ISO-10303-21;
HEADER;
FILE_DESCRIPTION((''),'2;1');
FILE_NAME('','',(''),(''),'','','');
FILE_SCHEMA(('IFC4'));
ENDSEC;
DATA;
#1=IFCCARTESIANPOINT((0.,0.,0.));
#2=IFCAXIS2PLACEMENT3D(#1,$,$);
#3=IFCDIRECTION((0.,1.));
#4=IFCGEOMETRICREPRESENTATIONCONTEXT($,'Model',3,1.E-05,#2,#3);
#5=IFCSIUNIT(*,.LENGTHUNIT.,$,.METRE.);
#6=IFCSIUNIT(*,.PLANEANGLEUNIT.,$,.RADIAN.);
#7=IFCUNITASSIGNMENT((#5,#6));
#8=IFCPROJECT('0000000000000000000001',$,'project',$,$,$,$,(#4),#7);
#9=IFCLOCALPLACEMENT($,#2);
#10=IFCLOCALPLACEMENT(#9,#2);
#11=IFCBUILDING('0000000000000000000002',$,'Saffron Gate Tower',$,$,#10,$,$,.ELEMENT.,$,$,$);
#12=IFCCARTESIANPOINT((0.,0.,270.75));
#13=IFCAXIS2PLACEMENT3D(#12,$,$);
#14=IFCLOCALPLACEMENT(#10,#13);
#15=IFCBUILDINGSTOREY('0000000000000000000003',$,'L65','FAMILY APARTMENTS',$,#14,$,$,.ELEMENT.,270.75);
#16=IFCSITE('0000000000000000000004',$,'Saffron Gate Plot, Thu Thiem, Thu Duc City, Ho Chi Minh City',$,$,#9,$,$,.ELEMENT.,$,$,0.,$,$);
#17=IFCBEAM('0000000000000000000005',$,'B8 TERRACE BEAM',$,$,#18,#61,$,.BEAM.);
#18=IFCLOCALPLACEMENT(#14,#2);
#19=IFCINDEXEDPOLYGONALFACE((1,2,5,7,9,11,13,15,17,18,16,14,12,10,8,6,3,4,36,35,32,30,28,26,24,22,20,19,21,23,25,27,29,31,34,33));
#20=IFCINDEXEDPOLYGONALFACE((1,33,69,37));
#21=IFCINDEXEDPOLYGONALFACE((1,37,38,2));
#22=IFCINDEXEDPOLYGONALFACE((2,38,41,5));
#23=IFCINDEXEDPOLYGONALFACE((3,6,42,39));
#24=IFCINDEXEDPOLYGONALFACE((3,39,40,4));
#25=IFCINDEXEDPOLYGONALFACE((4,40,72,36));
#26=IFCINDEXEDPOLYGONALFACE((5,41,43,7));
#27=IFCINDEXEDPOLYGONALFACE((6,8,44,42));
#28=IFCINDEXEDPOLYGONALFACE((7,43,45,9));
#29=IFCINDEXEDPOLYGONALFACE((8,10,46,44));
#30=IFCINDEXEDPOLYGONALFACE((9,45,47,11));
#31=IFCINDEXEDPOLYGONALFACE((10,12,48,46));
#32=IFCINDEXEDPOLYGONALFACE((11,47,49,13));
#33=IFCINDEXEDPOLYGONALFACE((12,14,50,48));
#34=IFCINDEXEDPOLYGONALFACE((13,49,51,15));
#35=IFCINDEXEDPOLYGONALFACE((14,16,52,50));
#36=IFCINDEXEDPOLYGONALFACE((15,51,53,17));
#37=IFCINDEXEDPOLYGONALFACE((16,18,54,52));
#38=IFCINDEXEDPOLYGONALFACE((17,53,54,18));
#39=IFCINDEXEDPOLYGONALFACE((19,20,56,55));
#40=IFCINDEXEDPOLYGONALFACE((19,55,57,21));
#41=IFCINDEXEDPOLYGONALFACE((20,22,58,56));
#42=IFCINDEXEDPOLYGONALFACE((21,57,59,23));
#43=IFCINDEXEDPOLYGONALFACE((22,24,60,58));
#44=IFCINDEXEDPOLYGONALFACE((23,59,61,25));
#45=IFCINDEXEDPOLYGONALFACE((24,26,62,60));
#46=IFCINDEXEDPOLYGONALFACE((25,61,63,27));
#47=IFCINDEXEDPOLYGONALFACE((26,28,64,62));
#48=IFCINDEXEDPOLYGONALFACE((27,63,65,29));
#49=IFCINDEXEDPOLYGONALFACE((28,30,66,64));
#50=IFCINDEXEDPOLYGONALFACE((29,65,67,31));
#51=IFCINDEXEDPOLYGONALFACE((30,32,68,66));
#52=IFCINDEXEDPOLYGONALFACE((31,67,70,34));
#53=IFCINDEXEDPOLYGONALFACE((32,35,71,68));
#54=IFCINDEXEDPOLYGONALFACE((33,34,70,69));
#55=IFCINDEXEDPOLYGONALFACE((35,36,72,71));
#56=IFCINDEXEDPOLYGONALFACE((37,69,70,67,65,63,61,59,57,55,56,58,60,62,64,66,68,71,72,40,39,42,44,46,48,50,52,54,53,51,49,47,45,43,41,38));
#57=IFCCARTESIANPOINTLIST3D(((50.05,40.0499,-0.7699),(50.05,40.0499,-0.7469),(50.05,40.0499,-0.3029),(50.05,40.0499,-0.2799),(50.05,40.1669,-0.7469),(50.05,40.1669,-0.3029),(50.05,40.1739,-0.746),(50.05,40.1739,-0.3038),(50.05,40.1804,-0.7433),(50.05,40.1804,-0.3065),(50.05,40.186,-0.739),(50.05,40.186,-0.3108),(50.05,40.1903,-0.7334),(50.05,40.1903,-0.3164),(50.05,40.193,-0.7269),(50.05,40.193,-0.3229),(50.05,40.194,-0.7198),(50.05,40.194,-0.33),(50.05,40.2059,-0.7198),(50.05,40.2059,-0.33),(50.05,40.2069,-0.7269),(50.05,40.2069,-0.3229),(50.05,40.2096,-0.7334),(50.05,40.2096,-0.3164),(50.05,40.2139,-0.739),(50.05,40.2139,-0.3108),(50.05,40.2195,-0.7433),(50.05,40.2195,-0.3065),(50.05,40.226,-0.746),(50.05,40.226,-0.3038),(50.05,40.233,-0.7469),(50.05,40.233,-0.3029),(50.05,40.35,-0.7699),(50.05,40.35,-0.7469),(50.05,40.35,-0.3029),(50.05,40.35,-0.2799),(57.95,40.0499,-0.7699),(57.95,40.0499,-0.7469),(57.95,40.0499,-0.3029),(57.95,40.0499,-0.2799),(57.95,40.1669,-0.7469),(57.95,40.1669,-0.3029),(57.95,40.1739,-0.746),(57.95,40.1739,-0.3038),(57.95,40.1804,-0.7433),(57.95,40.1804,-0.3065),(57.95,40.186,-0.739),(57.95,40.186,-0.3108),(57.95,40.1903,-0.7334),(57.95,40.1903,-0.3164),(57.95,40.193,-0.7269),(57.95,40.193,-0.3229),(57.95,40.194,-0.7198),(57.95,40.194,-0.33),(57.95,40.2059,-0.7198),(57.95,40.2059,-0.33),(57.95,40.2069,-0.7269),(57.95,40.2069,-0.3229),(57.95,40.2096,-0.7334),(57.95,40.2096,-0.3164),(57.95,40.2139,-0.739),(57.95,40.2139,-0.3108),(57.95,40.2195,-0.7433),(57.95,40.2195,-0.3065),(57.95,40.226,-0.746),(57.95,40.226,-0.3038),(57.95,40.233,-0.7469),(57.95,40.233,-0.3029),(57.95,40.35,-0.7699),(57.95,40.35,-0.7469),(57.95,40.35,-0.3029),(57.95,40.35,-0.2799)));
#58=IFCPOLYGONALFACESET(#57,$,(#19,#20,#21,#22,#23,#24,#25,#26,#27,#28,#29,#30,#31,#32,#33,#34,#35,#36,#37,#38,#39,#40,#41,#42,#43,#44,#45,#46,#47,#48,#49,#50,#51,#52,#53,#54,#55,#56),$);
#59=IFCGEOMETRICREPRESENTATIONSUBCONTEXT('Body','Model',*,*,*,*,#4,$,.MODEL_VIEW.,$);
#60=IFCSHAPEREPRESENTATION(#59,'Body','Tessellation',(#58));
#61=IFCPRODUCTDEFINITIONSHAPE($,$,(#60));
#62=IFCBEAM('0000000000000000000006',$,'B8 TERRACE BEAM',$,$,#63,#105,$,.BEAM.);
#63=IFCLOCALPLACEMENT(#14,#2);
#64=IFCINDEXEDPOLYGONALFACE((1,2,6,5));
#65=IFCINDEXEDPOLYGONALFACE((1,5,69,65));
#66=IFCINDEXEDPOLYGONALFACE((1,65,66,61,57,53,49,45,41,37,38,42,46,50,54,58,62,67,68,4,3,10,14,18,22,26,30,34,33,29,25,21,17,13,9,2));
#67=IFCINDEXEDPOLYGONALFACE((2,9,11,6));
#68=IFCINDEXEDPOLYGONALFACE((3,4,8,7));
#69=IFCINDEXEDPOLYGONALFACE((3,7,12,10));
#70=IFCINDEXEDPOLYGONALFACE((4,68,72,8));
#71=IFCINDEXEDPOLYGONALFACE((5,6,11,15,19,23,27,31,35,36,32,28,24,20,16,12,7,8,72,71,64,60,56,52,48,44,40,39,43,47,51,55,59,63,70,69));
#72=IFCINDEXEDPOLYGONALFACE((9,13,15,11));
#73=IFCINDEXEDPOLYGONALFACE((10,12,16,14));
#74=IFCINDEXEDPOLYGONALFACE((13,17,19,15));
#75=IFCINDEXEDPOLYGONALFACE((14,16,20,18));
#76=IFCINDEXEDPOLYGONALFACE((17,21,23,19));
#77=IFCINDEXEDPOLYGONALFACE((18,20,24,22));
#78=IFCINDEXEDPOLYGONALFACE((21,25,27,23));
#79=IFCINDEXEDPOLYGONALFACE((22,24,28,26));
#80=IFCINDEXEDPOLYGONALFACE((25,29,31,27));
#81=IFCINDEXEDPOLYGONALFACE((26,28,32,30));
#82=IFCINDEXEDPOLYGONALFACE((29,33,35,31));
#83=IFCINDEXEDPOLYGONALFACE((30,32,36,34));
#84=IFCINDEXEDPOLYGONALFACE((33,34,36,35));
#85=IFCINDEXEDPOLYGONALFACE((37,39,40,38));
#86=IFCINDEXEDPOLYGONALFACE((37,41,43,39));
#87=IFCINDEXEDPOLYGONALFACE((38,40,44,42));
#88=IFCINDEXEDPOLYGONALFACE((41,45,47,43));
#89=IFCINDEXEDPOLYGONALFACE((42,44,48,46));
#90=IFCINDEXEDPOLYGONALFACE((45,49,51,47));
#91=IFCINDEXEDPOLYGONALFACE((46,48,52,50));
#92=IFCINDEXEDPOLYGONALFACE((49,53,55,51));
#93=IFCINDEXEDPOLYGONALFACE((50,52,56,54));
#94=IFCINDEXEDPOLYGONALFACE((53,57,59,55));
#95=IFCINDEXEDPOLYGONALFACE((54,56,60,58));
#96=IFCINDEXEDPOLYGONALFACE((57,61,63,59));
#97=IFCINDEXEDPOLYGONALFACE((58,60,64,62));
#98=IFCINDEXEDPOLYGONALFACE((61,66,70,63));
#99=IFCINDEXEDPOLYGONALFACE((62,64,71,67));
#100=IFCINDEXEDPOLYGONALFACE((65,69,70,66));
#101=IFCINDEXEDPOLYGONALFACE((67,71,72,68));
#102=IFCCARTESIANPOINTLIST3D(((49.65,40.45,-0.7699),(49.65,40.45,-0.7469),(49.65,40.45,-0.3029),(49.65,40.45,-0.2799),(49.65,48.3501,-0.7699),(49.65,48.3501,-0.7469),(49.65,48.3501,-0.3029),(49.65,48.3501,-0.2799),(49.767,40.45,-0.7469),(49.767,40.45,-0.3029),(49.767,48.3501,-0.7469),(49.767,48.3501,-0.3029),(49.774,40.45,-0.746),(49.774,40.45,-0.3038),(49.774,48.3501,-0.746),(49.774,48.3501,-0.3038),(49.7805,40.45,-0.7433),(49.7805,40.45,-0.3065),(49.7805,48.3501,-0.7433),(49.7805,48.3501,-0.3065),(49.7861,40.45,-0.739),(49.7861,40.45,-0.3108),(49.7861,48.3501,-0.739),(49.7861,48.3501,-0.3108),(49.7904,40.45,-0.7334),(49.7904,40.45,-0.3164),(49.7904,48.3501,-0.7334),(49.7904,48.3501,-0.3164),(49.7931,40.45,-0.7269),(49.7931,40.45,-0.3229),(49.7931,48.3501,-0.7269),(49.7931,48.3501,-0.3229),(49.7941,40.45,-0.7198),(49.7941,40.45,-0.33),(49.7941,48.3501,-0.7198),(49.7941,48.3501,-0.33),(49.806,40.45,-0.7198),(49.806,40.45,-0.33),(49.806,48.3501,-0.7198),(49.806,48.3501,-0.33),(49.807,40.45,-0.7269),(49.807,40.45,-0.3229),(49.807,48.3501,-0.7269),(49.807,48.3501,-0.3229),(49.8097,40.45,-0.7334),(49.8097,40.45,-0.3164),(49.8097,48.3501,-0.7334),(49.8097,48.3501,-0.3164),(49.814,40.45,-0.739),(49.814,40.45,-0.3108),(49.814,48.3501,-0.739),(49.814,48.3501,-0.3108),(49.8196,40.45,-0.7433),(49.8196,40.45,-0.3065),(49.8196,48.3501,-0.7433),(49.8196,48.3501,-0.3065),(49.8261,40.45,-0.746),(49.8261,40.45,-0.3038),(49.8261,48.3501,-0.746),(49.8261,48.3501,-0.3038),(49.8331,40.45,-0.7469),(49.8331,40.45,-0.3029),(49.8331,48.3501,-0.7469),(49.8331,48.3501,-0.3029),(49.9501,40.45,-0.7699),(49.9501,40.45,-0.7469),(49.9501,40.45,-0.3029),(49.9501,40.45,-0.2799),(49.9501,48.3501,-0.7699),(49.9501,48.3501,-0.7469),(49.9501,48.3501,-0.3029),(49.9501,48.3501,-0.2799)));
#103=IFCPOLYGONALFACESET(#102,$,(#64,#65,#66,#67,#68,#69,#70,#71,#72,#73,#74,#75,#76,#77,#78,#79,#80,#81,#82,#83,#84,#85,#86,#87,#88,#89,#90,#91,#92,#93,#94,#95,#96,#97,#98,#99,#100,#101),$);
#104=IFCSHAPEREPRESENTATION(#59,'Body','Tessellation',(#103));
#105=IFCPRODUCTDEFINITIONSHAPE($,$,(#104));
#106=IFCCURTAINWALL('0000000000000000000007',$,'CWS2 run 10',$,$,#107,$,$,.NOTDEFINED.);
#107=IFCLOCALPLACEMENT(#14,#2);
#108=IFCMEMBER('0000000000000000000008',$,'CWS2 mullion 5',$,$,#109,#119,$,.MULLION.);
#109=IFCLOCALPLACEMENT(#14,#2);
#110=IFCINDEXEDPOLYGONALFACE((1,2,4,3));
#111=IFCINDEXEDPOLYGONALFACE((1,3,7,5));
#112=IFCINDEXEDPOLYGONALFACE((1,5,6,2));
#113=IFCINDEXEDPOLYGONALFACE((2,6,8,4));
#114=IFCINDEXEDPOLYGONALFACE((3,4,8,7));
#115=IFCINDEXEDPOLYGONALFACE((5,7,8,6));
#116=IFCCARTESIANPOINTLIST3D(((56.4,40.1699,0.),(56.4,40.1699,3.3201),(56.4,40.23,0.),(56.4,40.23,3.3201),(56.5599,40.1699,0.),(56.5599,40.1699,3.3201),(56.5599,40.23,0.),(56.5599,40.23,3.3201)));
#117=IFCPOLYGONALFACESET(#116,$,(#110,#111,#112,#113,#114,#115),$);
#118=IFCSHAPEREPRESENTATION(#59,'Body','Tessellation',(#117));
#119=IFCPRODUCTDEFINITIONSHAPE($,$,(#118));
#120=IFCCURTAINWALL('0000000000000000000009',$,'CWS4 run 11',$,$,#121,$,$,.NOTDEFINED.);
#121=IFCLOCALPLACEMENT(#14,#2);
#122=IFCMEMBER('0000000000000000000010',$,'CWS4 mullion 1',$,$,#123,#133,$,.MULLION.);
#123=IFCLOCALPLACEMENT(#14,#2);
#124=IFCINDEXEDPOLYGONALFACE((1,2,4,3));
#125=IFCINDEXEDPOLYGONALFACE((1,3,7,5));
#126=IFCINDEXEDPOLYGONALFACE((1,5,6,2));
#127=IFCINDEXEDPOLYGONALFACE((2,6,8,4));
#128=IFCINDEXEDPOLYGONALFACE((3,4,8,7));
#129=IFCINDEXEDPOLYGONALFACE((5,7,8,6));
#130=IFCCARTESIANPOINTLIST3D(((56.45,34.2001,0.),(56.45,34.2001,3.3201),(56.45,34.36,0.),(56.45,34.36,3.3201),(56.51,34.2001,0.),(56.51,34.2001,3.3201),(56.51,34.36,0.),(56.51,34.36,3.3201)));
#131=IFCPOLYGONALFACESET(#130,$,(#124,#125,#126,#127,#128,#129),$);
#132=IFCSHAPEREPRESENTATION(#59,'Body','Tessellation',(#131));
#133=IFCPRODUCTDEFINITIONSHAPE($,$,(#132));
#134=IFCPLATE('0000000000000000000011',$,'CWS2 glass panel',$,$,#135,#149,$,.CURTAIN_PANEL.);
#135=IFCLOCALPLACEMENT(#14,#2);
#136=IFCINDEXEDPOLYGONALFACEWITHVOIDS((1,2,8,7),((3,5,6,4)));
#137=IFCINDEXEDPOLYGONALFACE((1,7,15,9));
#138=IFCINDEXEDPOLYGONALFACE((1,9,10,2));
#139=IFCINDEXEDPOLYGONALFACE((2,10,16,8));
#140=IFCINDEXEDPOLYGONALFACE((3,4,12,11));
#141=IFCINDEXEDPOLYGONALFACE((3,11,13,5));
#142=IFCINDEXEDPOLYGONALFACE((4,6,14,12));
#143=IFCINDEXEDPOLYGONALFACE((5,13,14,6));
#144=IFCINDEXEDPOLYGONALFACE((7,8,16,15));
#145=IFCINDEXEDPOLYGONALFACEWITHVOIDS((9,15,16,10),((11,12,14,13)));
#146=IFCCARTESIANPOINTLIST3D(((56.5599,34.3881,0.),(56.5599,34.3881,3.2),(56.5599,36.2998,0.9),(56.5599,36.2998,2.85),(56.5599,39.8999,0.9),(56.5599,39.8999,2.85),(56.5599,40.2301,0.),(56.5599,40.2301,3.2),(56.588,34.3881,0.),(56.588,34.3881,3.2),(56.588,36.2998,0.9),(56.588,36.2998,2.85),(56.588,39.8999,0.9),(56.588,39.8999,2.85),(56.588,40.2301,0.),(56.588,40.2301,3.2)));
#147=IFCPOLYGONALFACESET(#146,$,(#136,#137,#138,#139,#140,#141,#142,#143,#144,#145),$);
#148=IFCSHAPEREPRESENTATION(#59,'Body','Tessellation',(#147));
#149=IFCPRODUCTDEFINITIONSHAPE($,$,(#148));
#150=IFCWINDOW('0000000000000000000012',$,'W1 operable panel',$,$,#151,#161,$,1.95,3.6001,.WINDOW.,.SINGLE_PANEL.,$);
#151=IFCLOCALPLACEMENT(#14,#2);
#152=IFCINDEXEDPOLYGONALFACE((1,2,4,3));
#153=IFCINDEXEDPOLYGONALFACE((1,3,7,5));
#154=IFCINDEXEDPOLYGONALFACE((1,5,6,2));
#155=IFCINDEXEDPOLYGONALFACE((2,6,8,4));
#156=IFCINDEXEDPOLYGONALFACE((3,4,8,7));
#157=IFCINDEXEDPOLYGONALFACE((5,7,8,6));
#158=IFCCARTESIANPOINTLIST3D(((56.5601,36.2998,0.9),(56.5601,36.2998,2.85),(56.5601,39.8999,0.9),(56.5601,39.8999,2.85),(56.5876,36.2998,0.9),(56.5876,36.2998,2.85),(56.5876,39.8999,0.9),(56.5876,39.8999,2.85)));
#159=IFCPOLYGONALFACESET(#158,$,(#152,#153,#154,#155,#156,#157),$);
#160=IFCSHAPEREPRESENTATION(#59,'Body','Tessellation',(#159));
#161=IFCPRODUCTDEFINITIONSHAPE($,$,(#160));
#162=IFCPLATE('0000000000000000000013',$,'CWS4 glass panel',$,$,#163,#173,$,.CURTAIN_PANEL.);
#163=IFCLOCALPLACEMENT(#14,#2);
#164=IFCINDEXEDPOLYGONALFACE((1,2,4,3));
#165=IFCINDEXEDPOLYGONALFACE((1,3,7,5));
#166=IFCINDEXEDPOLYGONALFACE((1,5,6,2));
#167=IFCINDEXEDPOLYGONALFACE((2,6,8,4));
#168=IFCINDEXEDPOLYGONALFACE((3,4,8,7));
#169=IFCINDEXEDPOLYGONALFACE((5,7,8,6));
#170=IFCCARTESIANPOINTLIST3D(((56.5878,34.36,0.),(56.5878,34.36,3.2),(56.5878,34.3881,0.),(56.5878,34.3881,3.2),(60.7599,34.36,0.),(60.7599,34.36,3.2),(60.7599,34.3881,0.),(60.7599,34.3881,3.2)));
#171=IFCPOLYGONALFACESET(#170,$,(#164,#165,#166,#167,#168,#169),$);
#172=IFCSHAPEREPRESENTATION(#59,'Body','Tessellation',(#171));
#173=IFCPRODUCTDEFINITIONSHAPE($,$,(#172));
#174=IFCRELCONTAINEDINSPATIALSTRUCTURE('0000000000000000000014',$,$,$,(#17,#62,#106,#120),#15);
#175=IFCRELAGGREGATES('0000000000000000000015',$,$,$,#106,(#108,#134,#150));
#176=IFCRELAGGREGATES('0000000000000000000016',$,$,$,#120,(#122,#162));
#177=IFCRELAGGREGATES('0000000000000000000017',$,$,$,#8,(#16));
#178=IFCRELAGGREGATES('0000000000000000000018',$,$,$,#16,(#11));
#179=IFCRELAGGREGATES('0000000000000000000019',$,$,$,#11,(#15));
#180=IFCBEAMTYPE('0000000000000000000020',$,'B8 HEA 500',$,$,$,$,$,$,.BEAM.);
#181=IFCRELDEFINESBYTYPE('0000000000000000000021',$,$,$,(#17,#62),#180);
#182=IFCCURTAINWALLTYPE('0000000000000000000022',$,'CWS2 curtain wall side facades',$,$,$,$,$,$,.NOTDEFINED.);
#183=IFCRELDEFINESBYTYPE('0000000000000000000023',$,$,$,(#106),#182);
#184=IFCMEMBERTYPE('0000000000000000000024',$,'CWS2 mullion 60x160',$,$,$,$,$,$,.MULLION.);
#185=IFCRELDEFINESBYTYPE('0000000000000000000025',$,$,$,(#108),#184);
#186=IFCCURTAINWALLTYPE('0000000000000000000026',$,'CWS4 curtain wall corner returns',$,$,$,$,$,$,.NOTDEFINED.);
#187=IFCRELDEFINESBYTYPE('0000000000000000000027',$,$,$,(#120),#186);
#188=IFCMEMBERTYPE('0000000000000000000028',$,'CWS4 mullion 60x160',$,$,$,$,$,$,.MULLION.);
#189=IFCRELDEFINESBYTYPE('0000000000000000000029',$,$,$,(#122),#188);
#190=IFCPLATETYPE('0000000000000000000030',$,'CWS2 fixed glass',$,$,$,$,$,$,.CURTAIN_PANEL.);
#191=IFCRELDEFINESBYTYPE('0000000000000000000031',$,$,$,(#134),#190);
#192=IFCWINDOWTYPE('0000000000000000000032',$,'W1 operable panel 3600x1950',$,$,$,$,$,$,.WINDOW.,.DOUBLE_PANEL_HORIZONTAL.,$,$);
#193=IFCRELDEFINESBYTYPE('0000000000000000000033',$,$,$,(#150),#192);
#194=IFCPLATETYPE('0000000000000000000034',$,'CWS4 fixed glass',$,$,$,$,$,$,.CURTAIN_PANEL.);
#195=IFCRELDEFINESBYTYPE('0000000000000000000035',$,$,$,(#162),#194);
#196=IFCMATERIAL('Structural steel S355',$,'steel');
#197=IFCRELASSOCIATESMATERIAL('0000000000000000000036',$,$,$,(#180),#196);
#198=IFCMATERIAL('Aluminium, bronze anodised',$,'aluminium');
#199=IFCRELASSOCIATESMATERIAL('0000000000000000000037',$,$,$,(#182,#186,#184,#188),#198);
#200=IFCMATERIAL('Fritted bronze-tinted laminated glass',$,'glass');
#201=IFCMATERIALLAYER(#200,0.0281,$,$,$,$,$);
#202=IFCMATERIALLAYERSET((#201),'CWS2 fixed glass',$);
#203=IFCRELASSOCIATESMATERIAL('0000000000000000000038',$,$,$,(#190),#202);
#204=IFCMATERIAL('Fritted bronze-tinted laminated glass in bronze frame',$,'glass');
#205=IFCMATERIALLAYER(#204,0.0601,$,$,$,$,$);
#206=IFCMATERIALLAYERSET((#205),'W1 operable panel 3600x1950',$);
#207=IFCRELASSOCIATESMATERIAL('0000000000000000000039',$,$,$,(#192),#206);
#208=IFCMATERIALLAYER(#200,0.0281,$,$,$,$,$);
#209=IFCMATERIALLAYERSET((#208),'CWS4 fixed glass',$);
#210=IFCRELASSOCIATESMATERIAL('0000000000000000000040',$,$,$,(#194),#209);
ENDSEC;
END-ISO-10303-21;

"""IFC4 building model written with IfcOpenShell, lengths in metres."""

from ifc_helpers import new_model, si_unit, direction, frame, frame_2d, origin, origin_2d, place, context, subcontext, project, spatial, rectangle, i_section, extrude, material, layer, layer_set, material_profile, profile_set, type_object, element, fill, aggregate, save


model = new_model("IFC4")

# Units and contexts
model_context = context("Model", 3, precision=1e-05, world=origin(), true_north=direction((0.0, 1.0)))
body_context = subcontext(model_context, "Body", "Model", "MODEL_VIEW")
ifc_project = project(units=[si_unit("LENGTHUNIT", "METRE"), si_unit("PLANEANGLEUNIT", "RADIAN")], contexts=[model_context])

# Site, building, storey
site_placement = place(None, origin())
site = spatial("IfcSite", under=ifc_project, at=site_placement, Name="Saffron Gate Plot, Thu Thiem, Thu Duc City, Ho Chi Minh City", CompositionType="ELEMENT", RefElevation=0.0)
building_placement = place(site_placement, origin())
building = spatial("IfcBuilding", under=site, at=building_placement, Name="Saffron Gate Tower", CompositionType="ELEMENT")
storey_placement = place(building_placement, frame((0.0, 0.0, 270.75)))
storey = spatial("IfcBuildingStorey", under=building, at=storey_placement, Name="L65", Description="FAMILY APARTMENTS", CompositionType="ELEMENT", Elevation=270.75)

# Beams
ifc_material_1 = material(Name="Structural steel S355", Category="steel")
ifc_material_profile_1 = material_profile(ifc_material_1, i_section(OverallWidth=0.3, OverallDepth=0.49, WebThickness=0.012, FlangeThickness=0.0229, FilletRadius=0.0271, at=origin_2d()))
ifc_profile_set_1 = profile_set([ifc_material_profile_1], Name="Structural steel S355")
beam_type = type_object("IfcBeamType", Name="B8 HEA 500", PredefinedType="BEAM", material=ifc_profile_set_1)
beam_1_placement = place(storey_placement, frame((50.05, 40.2, -0.5249), z_axis=(1.0, 0.0, 0.0), x_axis=(0.0, 1.0, 0.0)))
element("IfcBeam", 1, at=beam_1_placement, inside=storey, type_object=beam_type, Name="B8 TERRACE BEAM", PredefinedType="BEAM", context=body_context, shape_type="SweptSolid", body=[
    extrude(i_section(OverallWidth=0.3, OverallDepth=0.49, WebThickness=0.012, FlangeThickness=0.0229, FilletRadius=0.0271, at=origin_2d()), origin(), (0.0, 0.0, 1.0), 7.8999),
])
beam_2_placement = place(storey_placement, frame((49.8, 40.45, -0.5249), z_axis=(0.0, 1.0, 0.0), x_axis=(-1.0, 0.0, 0.0)))
element("IfcBeam", 2, at=beam_2_placement, inside=storey, type_object=beam_type, Name="B8 TERRACE BEAM", PredefinedType="BEAM", context=body_context, shape_type="SweptSolid", body=[
    extrude(i_section(OverallWidth=0.3, OverallDepth=0.49, WebThickness=0.012, FlangeThickness=0.0229, FilletRadius=0.0271, at=origin_2d()), origin(), (0.0, 0.0, 1.0), 7.9001),
])

# Curtain walls, members
ifc_material_2 = material(Name="Aluminium, bronze anodised", Category="aluminium")
curtain_wall_type_1 = type_object("IfcCurtainWallType", Name="CWS2 curtain wall side facades", PredefinedType="NOTDEFINED", material=ifc_material_2)
curtain_wall_1_placement = place(storey_placement, origin())
curtain_wall_1 = element("IfcCurtainWall", 3, at=curtain_wall_1_placement, inside=storey, type_object=curtain_wall_type_1, Name="CWS2 run 10", PredefinedType="NOTDEFINED")
ifc_material_profile_2 = material_profile(ifc_material_2, rectangle(XDim=0.1599, YDim=0.0601, at=origin_2d()))
ifc_profile_set_2 = profile_set([ifc_material_profile_2], Name="Aluminium, bronze anodised")
member_type_1 = type_object("IfcMemberType", Name="CWS2 mullion 60x160", PredefinedType="MULLION", material=ifc_profile_set_2)
member_1_placement = place(storey_placement, frame((56.48, 40.2, 0.0), z_axis=(0.0, 0.0, 1.0), x_axis=(1.0, 0.0, 0.0)))
member_1 = element("IfcMember", 4, at=member_1_placement, type_object=member_type_1, Name="CWS2 mullion 5", PredefinedType="MULLION", context=body_context, shape_type="SweptSolid", body=[
    extrude(rectangle(XDim=0.1599, YDim=0.0601, at=origin_2d()), origin(), (0.0, 0.0, 1.0), 3.3201),
])
curtain_wall_type_2 = type_object("IfcCurtainWallType", Name="CWS4 curtain wall corner returns", PredefinedType="NOTDEFINED", material=ifc_material_2)
curtain_wall_2_placement = place(storey_placement, origin())
curtain_wall_2 = element("IfcCurtainWall", 5, at=curtain_wall_2_placement, inside=storey, type_object=curtain_wall_type_2, Name="CWS4 run 11", PredefinedType="NOTDEFINED")
ifc_material_profile_3 = material_profile(ifc_material_2, rectangle(XDim=0.1599, YDim=0.0601, at=origin_2d()))
ifc_profile_set_3 = profile_set([ifc_material_profile_3], Name="Aluminium, bronze anodised")
member_type_2 = type_object("IfcMemberType", Name="CWS4 mullion 60x160", PredefinedType="MULLION", material=ifc_profile_set_3)
member_2_placement = place(storey_placement, frame((56.48, 34.28, 0.0), z_axis=(0.0, 0.0, 1.0), x_axis=(0.0, 1.0, 0.0)))
member_2 = element("IfcMember", 6, at=member_2_placement, type_object=member_type_2, Name="CWS4 mullion 1", PredefinedType="MULLION", context=body_context, shape_type="SweptSolid", body=[
    extrude(rectangle(XDim=0.1599, YDim=0.0601, at=origin_2d()), origin(), (0.0, 0.0, 1.0), 3.3201),
])

# Plate, opening, window
ifc_material_3 = material(Name="Fritted bronze-tinted laminated glass", Category="glass")
ifc_layer_1 = layer(ifc_material_3, 0.0281)
ifc_layer_set_1 = layer_set([ifc_layer_1], Name="CWS2 fixed glass")
plate_type_1 = type_object("IfcPlateType", Name="CWS2 fixed glass", PredefinedType="CURTAIN_PANEL", material=ifc_layer_set_1)
plate_1_placement = place(storey_placement, frame((56.574, 40.23, 0.0), z_axis=(0.0, 0.0, 1.0), x_axis=(0.0, -1.0, 0.0)))
plate_1 = element("IfcPlate", 7, at=plate_1_placement, type_object=plate_type_1, Name="CWS2 glass panel", PredefinedType="CURTAIN_PANEL", context=body_context, shape_type="SweptSolid", body=[
    extrude(rectangle(XDim=5.842, YDim=0.0281, at=frame_2d((2.9209, 0.0))), origin(), (0.0, 0.0, 1.0), 3.2),
])
opening_1_placement = place(plate_1_placement, frame((0.3301, 0.0, 0.8999)))
opening_1 = element("IfcOpeningElement", 8, at=opening_1_placement, cuts=plate_1, PredefinedType="OPENING", context=body_context, shape_type="SweptSolid", body=[
    extrude(rectangle(XDim=3.6001, YDim=1.95, at=frame_2d((1.8, 0.9751))), frame((0.0, 0.0239, 0.0), z_axis=(0.0, -1.0, 0.0), x_axis=(1.0, 0.0, 0.0)), (0.0, 0.0, 1.0), 0.0481),
])
ifc_material_4 = material(Name="Fritted bronze-tinted laminated glass in bronze frame", Category="glass")
ifc_layer_2 = layer(ifc_material_4, 0.0601)
ifc_layer_set_2 = layer_set([ifc_layer_2], Name="W1 operable panel 3600x1950")
window_type = type_object("IfcWindowType", Name="W1 operable panel 3600x1950", PartitioningType="DOUBLE_PANEL_HORIZONTAL", PredefinedType="WINDOW", material=ifc_layer_set_2)
window_placement = place(opening_1_placement, origin())
window = element("IfcWindow", 9, at=window_placement, type_object=window_type, Name="W1 operable panel", OverallHeight=1.95, OverallWidth=3.6001, PartitioningType="SINGLE_PANEL", PredefinedType="WINDOW", context=body_context, shape_type="SweptSolid", body=[
    extrude(rectangle(XDim=3.6001, YDim=1.95, at=frame_2d((1.8, 0.9751))), frame((0.0, 0.0137, 0.0), z_axis=(0.0, -1.0, 0.0), x_axis=(1.0, 0.0, 0.0)), (0.0, 0.0, 1.0), 0.0276),
])
fill(opening_1, window)
aggregate(curtain_wall_1, [member_1, plate_1, window])

# Plate
ifc_layer_3 = layer(ifc_material_3, 0.0281)
ifc_layer_set_3 = layer_set([ifc_layer_3], Name="CWS4 fixed glass")
plate_type_2 = type_object("IfcPlateType", Name="CWS4 fixed glass", PredefinedType="CURTAIN_PANEL", material=ifc_layer_set_3)
plate_2_placement = place(storey_placement, frame((56.5879, 34.374, 0.0), z_axis=(0.0, 0.0, 1.0), x_axis=(1.0, 0.0, 0.0)))
plate_2 = element("IfcPlate", 10, at=plate_2_placement, type_object=plate_type_2, Name="CWS4 glass panel", PredefinedType="CURTAIN_PANEL", context=body_context, shape_type="SweptSolid", body=[
    extrude(rectangle(XDim=4.1721, YDim=0.0281, at=frame_2d((2.0859, 0.0))), origin(), (0.0, 0.0, 1.0), 3.2),
])
aggregate(curtain_wall_2, [member_2, plate_2])

save(model, "model.ifc")
